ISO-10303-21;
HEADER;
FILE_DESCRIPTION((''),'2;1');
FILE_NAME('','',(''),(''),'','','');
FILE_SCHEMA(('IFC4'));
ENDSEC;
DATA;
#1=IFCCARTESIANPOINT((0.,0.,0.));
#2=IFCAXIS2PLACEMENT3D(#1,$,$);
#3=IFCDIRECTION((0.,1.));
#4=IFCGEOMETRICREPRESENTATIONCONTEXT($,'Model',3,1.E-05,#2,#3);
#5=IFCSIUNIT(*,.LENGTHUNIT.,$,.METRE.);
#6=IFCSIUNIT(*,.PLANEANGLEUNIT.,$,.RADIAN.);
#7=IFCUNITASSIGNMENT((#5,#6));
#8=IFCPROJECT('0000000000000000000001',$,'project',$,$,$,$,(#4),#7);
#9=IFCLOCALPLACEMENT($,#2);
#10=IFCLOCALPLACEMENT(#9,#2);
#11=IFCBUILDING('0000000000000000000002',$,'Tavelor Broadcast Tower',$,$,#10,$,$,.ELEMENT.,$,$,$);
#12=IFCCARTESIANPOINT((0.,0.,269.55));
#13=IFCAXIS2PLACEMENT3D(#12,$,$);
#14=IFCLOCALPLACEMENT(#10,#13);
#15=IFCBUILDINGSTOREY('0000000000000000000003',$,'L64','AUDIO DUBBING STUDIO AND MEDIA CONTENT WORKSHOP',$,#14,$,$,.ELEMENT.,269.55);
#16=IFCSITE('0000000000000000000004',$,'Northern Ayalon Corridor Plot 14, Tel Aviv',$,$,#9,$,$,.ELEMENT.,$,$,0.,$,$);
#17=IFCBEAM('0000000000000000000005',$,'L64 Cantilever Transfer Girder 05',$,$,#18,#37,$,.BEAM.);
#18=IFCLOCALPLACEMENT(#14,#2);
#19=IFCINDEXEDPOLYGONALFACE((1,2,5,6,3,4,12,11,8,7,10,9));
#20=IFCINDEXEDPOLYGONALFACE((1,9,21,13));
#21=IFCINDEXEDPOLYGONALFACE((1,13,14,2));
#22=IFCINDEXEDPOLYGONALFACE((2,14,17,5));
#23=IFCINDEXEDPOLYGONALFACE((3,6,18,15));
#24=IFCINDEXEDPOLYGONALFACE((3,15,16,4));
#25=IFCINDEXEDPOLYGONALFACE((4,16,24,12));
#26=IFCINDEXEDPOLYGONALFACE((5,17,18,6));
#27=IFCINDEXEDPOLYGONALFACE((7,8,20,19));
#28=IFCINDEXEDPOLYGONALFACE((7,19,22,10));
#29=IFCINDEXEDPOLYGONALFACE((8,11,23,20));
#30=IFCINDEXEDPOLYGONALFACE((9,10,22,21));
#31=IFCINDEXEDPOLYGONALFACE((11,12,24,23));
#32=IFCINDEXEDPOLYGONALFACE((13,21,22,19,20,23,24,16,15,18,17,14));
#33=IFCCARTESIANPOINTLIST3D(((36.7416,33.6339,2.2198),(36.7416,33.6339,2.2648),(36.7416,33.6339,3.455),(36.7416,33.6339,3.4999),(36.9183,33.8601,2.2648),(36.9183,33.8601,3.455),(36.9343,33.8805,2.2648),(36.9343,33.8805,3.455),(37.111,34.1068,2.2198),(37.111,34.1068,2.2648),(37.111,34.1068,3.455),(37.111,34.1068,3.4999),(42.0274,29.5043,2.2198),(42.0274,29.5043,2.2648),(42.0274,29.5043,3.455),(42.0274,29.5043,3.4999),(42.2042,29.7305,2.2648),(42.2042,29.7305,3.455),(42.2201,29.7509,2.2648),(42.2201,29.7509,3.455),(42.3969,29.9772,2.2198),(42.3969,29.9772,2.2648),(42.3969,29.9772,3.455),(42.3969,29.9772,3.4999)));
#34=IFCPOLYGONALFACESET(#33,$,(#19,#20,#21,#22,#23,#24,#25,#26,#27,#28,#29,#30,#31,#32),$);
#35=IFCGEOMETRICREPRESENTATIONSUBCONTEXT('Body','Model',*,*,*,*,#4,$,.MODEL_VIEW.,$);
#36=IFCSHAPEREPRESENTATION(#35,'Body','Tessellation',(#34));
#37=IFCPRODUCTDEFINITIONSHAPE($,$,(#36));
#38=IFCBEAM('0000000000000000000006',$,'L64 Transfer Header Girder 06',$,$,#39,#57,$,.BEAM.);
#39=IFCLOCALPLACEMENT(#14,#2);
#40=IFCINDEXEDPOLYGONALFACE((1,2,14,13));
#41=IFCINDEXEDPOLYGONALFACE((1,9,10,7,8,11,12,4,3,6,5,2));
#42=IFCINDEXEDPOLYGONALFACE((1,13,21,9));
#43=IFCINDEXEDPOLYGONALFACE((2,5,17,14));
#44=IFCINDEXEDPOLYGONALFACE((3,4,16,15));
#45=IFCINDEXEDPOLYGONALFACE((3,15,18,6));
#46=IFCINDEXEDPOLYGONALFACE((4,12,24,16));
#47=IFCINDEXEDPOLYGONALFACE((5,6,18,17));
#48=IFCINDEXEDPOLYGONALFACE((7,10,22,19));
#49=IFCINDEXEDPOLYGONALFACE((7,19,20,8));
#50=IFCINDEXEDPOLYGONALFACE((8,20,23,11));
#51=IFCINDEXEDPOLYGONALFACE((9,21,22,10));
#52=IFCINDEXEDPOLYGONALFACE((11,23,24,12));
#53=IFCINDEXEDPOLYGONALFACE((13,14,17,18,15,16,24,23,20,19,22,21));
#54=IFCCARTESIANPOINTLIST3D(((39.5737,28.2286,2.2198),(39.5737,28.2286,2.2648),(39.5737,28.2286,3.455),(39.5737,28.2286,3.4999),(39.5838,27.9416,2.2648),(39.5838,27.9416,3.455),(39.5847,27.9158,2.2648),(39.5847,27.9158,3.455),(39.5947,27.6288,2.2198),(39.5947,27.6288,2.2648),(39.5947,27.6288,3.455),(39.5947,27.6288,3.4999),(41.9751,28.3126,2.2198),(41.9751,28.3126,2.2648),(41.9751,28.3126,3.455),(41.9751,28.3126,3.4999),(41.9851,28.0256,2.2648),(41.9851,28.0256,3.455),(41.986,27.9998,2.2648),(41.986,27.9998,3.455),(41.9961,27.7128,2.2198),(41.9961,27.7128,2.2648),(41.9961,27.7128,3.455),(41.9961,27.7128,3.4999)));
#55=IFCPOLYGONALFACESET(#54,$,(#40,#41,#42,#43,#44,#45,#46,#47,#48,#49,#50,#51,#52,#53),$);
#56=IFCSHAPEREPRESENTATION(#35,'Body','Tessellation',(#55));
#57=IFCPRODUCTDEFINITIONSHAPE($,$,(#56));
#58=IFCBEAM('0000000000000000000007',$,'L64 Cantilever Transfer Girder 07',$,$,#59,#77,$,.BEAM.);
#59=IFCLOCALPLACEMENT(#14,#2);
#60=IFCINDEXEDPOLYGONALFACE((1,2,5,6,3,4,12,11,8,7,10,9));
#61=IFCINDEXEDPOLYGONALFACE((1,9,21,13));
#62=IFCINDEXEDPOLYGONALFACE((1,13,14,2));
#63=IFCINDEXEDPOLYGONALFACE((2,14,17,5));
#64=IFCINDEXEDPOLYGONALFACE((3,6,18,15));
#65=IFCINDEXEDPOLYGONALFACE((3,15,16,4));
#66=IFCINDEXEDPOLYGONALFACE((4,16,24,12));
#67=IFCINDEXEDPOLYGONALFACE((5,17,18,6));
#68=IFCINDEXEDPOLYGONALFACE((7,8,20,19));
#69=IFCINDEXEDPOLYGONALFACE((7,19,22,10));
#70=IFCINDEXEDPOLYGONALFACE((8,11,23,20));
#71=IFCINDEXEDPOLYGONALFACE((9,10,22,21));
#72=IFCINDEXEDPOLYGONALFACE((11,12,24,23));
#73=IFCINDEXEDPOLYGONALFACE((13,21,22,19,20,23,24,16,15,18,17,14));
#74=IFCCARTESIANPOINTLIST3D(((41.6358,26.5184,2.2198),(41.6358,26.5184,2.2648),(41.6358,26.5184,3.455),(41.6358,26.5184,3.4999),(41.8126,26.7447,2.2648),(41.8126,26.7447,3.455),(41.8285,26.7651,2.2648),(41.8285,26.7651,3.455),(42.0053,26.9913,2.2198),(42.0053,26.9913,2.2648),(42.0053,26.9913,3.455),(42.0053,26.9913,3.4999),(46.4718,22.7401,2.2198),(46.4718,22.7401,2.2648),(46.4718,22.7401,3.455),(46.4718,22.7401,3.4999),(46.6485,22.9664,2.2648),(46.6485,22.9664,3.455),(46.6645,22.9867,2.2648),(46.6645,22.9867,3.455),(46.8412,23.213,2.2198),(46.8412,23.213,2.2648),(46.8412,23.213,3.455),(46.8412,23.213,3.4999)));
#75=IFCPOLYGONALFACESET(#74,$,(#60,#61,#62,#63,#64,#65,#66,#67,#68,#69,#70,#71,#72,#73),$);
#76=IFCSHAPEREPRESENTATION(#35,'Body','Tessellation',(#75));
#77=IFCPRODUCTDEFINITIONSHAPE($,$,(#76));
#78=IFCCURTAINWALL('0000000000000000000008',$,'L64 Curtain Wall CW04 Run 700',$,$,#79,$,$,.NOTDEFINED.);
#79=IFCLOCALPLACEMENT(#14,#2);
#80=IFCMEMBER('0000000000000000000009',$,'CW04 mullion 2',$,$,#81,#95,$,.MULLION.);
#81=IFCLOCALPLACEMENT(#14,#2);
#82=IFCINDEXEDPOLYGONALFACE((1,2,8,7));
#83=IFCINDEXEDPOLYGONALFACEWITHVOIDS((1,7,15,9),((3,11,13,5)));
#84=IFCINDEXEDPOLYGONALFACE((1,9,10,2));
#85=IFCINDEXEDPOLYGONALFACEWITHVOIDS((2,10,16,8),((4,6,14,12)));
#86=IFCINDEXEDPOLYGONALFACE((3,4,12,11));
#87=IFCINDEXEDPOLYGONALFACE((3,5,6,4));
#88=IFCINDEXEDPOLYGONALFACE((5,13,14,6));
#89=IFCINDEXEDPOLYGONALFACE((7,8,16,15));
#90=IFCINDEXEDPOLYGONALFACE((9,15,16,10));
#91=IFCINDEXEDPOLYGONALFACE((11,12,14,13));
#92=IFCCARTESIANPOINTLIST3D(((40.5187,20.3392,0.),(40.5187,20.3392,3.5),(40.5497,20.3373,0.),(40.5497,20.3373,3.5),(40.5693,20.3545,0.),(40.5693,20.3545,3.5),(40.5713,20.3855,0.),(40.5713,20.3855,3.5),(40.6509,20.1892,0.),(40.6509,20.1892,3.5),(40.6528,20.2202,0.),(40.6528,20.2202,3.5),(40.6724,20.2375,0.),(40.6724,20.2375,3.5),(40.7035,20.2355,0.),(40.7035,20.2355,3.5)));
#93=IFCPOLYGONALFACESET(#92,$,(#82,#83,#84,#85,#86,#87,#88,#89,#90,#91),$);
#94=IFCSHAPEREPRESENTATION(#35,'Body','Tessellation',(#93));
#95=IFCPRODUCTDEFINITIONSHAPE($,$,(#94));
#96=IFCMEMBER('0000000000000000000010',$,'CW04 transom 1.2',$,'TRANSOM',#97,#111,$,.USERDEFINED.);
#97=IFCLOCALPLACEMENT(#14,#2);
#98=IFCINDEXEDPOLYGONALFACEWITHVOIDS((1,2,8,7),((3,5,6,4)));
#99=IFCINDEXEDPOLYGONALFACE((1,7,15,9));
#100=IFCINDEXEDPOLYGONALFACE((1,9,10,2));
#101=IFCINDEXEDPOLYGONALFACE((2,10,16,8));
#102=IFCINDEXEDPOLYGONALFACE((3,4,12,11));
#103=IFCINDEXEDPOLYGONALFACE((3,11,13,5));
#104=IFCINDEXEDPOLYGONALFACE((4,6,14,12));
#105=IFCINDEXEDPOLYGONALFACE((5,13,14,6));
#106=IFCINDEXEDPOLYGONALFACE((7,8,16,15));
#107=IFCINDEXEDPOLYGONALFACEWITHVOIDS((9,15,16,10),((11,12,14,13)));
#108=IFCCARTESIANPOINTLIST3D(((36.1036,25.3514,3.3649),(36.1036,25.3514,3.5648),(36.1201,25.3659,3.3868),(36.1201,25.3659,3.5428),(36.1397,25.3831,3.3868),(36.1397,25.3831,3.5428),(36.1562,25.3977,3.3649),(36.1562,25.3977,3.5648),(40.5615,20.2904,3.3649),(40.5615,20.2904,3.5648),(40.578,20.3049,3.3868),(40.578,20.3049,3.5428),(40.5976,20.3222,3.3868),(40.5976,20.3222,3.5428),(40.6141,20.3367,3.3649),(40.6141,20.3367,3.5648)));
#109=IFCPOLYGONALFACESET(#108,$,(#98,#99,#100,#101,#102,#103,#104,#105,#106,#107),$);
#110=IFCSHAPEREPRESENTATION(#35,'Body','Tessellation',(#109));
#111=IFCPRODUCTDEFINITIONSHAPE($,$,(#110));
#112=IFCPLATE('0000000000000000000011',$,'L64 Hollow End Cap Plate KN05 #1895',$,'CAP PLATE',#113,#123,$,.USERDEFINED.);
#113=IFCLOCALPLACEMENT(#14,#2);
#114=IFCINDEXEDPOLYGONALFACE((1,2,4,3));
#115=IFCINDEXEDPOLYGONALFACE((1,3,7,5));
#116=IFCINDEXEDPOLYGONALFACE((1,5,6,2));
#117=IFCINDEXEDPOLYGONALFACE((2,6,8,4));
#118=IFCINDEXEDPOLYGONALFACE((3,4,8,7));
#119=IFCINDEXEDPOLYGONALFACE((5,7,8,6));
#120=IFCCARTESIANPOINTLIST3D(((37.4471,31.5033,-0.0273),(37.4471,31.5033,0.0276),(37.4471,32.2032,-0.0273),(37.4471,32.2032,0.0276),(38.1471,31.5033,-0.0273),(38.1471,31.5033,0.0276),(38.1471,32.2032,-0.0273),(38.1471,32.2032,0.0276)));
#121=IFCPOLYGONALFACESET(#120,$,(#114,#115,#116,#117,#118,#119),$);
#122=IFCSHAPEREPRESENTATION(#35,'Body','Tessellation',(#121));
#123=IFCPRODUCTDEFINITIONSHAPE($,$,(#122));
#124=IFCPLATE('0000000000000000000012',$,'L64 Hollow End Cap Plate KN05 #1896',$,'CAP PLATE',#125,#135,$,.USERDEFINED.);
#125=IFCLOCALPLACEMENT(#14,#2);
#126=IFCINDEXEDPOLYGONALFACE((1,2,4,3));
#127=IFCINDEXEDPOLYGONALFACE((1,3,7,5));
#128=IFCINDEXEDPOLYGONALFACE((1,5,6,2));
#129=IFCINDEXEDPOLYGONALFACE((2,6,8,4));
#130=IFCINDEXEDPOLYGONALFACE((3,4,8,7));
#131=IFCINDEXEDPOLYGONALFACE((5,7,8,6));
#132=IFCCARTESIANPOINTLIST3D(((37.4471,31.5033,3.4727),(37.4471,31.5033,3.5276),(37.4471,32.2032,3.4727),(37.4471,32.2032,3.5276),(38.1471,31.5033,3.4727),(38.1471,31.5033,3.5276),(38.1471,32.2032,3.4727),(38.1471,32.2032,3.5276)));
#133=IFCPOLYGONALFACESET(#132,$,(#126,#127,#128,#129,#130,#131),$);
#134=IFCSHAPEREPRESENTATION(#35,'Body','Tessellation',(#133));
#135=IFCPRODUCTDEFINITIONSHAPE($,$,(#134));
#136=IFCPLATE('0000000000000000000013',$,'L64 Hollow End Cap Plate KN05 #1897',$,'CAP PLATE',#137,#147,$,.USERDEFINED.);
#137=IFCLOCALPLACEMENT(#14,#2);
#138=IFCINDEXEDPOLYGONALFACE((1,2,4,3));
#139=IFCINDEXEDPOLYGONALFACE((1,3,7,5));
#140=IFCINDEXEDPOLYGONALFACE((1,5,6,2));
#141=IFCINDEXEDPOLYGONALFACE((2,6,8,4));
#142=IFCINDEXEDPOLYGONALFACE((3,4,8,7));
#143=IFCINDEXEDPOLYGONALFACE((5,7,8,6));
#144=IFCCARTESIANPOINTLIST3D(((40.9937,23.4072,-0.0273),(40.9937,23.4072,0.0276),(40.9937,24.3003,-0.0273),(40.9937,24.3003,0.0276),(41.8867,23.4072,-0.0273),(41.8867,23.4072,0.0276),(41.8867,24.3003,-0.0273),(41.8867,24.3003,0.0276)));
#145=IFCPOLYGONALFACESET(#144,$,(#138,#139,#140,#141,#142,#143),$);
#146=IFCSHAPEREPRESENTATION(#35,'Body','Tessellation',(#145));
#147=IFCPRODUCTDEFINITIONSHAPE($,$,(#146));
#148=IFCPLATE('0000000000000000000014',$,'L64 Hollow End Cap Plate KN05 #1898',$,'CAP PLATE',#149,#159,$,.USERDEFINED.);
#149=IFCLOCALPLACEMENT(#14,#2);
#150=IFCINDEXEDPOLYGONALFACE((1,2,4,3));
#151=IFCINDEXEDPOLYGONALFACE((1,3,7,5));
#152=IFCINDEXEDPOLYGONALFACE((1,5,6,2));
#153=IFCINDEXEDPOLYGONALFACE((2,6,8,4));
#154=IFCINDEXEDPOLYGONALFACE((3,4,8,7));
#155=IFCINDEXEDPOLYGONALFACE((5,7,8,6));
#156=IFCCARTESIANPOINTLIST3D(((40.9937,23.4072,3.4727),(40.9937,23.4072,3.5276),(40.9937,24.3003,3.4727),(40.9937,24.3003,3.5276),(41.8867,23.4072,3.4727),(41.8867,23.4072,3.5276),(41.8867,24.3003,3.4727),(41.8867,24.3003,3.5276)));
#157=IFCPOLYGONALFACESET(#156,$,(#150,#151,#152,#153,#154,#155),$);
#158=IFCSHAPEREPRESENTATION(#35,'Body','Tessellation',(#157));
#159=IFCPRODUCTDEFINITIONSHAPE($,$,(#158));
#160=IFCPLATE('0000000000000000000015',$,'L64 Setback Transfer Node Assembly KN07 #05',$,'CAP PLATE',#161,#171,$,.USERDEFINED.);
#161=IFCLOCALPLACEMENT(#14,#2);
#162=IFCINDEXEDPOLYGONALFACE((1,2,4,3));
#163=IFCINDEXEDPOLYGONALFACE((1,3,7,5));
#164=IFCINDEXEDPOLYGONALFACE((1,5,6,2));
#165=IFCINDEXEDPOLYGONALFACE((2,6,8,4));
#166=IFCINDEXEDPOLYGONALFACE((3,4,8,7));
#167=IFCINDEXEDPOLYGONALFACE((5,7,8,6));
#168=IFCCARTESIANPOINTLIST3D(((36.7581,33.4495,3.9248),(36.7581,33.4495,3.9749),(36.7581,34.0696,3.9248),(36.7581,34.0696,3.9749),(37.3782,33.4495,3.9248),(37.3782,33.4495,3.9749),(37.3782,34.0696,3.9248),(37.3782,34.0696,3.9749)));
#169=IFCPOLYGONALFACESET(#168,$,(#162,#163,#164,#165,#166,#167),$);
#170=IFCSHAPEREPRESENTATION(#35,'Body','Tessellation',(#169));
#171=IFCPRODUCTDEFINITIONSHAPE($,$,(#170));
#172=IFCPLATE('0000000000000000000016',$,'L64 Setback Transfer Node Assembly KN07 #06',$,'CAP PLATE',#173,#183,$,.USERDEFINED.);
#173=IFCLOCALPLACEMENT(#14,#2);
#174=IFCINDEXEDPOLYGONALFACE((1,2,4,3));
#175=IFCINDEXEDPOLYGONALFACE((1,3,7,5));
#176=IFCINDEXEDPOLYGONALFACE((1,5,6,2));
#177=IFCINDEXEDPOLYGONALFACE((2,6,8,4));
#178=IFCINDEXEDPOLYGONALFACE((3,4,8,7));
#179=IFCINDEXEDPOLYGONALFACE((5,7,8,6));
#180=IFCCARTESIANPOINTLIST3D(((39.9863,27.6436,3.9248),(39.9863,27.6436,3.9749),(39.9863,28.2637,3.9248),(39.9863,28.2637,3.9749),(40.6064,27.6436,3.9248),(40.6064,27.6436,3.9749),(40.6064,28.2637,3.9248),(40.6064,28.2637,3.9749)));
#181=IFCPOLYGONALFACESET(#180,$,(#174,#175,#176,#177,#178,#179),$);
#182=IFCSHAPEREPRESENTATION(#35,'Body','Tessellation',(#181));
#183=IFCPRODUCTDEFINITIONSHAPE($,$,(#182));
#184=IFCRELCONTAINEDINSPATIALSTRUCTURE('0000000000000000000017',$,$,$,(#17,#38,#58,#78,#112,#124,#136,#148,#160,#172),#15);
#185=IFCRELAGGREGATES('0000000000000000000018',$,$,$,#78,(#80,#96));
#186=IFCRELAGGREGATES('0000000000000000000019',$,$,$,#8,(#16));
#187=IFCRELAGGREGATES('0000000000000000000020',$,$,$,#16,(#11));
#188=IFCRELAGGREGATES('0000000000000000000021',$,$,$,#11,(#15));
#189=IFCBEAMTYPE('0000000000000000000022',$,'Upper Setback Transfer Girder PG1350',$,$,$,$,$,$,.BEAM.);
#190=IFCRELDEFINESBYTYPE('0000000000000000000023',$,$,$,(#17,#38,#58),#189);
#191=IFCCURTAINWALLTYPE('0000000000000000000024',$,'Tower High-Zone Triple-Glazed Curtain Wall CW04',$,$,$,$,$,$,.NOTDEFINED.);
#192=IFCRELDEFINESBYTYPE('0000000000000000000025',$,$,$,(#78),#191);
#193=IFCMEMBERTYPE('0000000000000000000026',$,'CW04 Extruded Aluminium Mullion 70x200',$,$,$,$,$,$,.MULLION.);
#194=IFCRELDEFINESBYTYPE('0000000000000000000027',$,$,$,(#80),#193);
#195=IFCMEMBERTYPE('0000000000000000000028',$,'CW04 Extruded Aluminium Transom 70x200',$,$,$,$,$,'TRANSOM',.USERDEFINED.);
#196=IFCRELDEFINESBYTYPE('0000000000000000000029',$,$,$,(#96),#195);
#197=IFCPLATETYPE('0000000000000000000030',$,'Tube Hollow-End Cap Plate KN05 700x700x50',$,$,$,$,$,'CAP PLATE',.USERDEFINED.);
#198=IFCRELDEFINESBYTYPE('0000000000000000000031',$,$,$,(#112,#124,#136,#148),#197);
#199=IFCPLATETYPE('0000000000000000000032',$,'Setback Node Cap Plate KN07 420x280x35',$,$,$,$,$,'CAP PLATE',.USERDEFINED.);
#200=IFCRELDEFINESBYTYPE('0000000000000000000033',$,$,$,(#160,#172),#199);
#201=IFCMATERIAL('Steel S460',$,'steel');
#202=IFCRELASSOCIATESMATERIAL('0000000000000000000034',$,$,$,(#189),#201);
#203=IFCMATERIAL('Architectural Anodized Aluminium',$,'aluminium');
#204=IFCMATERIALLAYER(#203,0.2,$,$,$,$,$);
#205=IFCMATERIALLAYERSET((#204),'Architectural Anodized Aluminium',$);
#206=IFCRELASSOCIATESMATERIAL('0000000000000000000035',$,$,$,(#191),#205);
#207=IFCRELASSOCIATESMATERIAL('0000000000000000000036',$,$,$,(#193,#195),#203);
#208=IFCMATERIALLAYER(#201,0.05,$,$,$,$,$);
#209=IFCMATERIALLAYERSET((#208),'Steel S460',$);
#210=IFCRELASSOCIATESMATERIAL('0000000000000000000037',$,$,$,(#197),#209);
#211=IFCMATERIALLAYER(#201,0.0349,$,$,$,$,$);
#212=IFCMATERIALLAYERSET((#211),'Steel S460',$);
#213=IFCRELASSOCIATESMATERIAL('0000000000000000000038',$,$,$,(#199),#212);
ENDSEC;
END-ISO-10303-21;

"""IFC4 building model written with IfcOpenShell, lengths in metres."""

from ifc_helpers import new_model, si_unit, direction, frame, origin, origin_2d, place, context, subcontext, project, spatial, rectangle, hollow_rectangle, i_section, extrude, source, transform, mapped, material, layer, layer_set, material_profile, profile_set, type_object, type_shapes, element, aggregate, save


model = new_model("IFC4")

# Units and contexts
model_context = context("Model", 3, precision=1e-05, world=origin(), true_north=direction((0.0, 1.0)))
body_context = subcontext(model_context, "Body", "Model", "MODEL_VIEW")
ifc_project = project(units=[si_unit("LENGTHUNIT", "METRE"), si_unit("PLANEANGLEUNIT", "RADIAN")], contexts=[model_context])

# Site, building, storey
site_placement = place(None, origin())
site = spatial("IfcSite", under=ifc_project, at=site_placement, Name="Northern Ayalon Corridor Plot 14, Tel Aviv", CompositionType="ELEMENT", RefElevation=0.0)
building_placement = place(site_placement, origin())
building = spatial("IfcBuilding", under=site, at=building_placement, Name="Tavelor Broadcast Tower", CompositionType="ELEMENT")
storey_placement = place(building_placement, frame((0.0, 0.0, 269.55)))
storey = spatial("IfcBuildingStorey", under=building, at=storey_placement, Name="L64", Description="AUDIO DUBBING STUDIO AND MEDIA CONTENT WORKSHOP", CompositionType="ELEMENT", Elevation=269.55)

# Shared definitions
ifc_material_1 = material(Name="Steel S460", Category="steel")

# Beams
ifc_material_profile_1 = material_profile(ifc_material_1, i_section(OverallWidth=0.6001, OverallDepth=1.28, WebThickness=0.0259, FlangeThickness=0.0449, at=origin_2d()), Name="PG 1280x600")
ifc_profile_set_1 = profile_set([ifc_material_profile_1], Name="Steel S460")
beam_type = type_object("IfcBeamType", Name="Upper Setback Transfer Girder PG1350", PredefinedType="BEAM", material=ifc_profile_set_1)
beam_1_placement = place(storey_placement, frame((42.2122, 29.7407, 2.8599), z_axis=(-0.788022, 0.615648, 0.0), x_axis=(-0.615648, -0.788022, 0.0)))
element("IfcBeam", 1, at=beam_1_placement, inside=storey, type_object=beam_type, Name="L64 Cantilever Transfer Girder 05", PredefinedType="BEAM", context=body_context, shape_type="SweptSolid", body=[
    extrude(i_section(OverallWidth=0.6001, OverallDepth=1.28, WebThickness=0.0259, FlangeThickness=0.0449, at=origin_2d()), origin(), (0.0, 0.0, 1.0), 6.7078),
])
beam_2_placement = place(storey_placement, frame((39.5842, 27.9287, 2.8599), z_axis=(0.999389, 0.034952, 0.0), x_axis=(-0.034952, 0.999389, 0.0)))
element("IfcBeam", 2, at=beam_2_placement, inside=storey, type_object=beam_type, Name="L64 Transfer Header Girder 06", PredefinedType="BEAM", context=body_context, shape_type="SweptSolid", body=[
    extrude(i_section(OverallWidth=0.6001, OverallDepth=1.28, WebThickness=0.0259, FlangeThickness=0.0449, at=origin_2d()), origin(), (0.0, 0.0, 1.0), 2.4028),
])
beam_3_placement = place(storey_placement, frame((41.8206, 26.7549, 2.8599), z_axis=(0.788005, -0.615669, 0.0), x_axis=(0.615669, 0.788005, 0.0)))
element("IfcBeam", 3, at=beam_3_placement, inside=storey, type_object=beam_type, Name="L64 Cantilever Transfer Girder 07", PredefinedType="BEAM", context=body_context, shape_type="SweptSolid", body=[
    extrude(i_section(OverallWidth=0.6001, OverallDepth=1.28, WebThickness=0.0259, FlangeThickness=0.0449, at=origin_2d()), origin(), (0.0, 0.0, 1.0), 6.137),
])

# Curtain wall, members
ifc_material_2 = material(Name="Architectural Anodized Aluminium", Category="aluminium")
ifc_layer_1 = layer(ifc_material_2, 0.2)
ifc_layer_set_1 = layer_set([ifc_layer_1], Name="Architectural Anodized Aluminium")
curtain_wall_type = type_object("IfcCurtainWallType", Name="Tower High-Zone Triple-Glazed Curtain Wall CW04", PredefinedType="NOTDEFINED", material=ifc_layer_set_1)
curtain_wall_placement = place(storey_placement, origin())
curtain_wall = element("IfcCurtainWall", 4, at=curtain_wall_placement, inside=storey, type_object=curtain_wall_type, Name="L64 Curtain Wall CW04 Run 700", PredefinedType="NOTDEFINED")
ifc_material_profile_2 = material_profile(ifc_material_2, hollow_rectangle(XDim=0.0701, YDim=0.2, WallThickness=0.022, at=origin_2d()), Name="RHS 70x200x22")
ifc_profile_set_2 = profile_set([ifc_material_profile_2], Name="Architectural Anodized Aluminium")
member_type_1 = type_object("IfcMemberType", Name="CW04 Extruded Aluminium Mullion 70x200", PredefinedType="MULLION", material=ifc_profile_set_2)
shared_shape_1 = source(origin(), body_context, "Body", "SweptSolid", [
    extrude(hollow_rectangle(XDim=0.0701, YDim=0.2, WallThickness=0.022, at=origin_2d()), origin(), (0.0, 0.0, 1.0), 3.5),
])
type_shapes(member_type_1, [shared_shape_1])
member_1_placement = place(storey_placement, frame((40.6111, 20.2874, 0.0), z_axis=(0.0, 0.0, 1.0), x_axis=(0.750388, 0.660998, 0.0)))
member_1 = element("IfcMember", 5, at=member_1_placement, type_object=member_type_1, Name="CW04 mullion 2", PredefinedType="MULLION", context=body_context, shape_type="MappedRepresentation", body=[
    mapped(shared_shape_1, transform((0.0, 0.0, 0.0), scale=1.0)),
])
ifc_material_profile_3 = material_profile(ifc_material_2, hollow_rectangle(XDim=0.0701, YDim=0.2, WallThickness=0.022, at=origin_2d()), Name="RHS 70x200x22")
ifc_profile_set_3 = profile_set([ifc_material_profile_3], Name="Architectural Anodized Aluminium")
member_type_2 = type_object("IfcMemberType", Name="CW04 Extruded Aluminium Transom 70x200", ElementType="TRANSOM", PredefinedType="USERDEFINED", material=ifc_profile_set_3)
shared_shape_2 = source(origin(), body_context, "Body", "SweptSolid", [
    extrude(hollow_rectangle(XDim=0.0701, YDim=0.2, WallThickness=0.022, at=origin_2d()), origin(), (0.0, 0.0, 1.0), 6.7444),
])
type_shapes(member_type_2, [shared_shape_2])
member_2_placement = place(storey_placement, frame((36.1299, 25.3745, 3.4648), z_axis=(0.660987, -0.750397, 0.0), x_axis=(0.750397, 0.660987, 0.0)))
member_2 = element("IfcMember", 6, at=member_2_placement, type_object=member_type_2, Name="CW04 transom 1.2", ObjectType="TRANSOM", PredefinedType="USERDEFINED", context=body_context, shape_type="MappedRepresentation", body=[
    mapped(shared_shape_2, transform((0.0, 0.0, 0.0), scale=1.0)),
])

# Plates
ifc_layer_2 = layer(ifc_material_1, 0.05)
ifc_layer_set_2 = layer_set([ifc_layer_2], Name="Steel S460")
plate_type_1 = type_object("IfcPlateType", Name="Tube Hollow-End Cap Plate KN05 700x700x50", ElementType="CAP PLATE", PredefinedType="USERDEFINED", material=ifc_layer_set_2)
shared_shape_3 = source(origin(), body_context, "Body", "SweptSolid", [
    extrude(rectangle(XDim=0.7, YDim=0.7, at=origin_2d()), origin(), (0.0, 0.0, 1.0), 0.0549),
])
for number, where, z_axis, x_axis, name in (
    (7, (37.7971, 31.8533, -0.0273), (0.0, 0.0, 1.0), (1.0, 0.0, 0.0), "L64 Hollow End Cap Plate KN05 #1895"),
    (8, (37.7971, 31.8533, 3.4727), (0.0, 0.0, 1.0), (1.0, 0.0, 0.0), "L64 Hollow End Cap Plate KN05 #1896"),
):
    element("IfcPlate", number, at=place(storey_placement, frame(where, z_axis=z_axis, x_axis=x_axis)), inside=storey, type_object=plate_type_1, Name=name, ObjectType="CAP PLATE", PredefinedType="USERDEFINED", context=body_context, shape_type="MappedRepresentation", body=[
        mapped(shared_shape_3, transform((0.0, 0.0, 0.0), scale=1.0)),
    ])
shared_shape_4 = source(origin(), body_context, "Body", "SweptSolid", [
    extrude(rectangle(XDim=0.8931, YDim=0.8931, at=origin_2d()), origin(), (0.0, 0.0, 1.0), 0.0549),
])
type_shapes(plate_type_1, [shared_shape_3, shared_shape_4])
for number, where, z_axis, x_axis, name in (
    (9, (41.4402, 23.8538, -0.0273), (0.0, 0.0, 1.0), (1.0, 0.0, 0.0), "L64 Hollow End Cap Plate KN05 #1897"),
    (10, (41.4402, 23.8538, 3.4727), (0.0, 0.0, 1.0), (1.0, 0.0, 0.0), "L64 Hollow End Cap Plate KN05 #1898"),
):
    element("IfcPlate", number, at=place(storey_placement, frame(where, z_axis=z_axis, x_axis=x_axis)), inside=storey, type_object=plate_type_1, Name=name, ObjectType="CAP PLATE", PredefinedType="USERDEFINED", context=body_context, shape_type="MappedRepresentation", body=[
        mapped(shared_shape_4, transform((0.0, 0.0, 0.0), scale=1.0)),
    ])
ifc_layer_3 = layer(ifc_material_1, 0.0349)
ifc_layer_set_3 = layer_set([ifc_layer_3], Name="Steel S460")
plate_type_2 = type_object("IfcPlateType", Name="Setback Node Cap Plate KN07 420x280x35", ElementType="CAP PLATE", PredefinedType="USERDEFINED", material=ifc_layer_set_3)
shared_shape_5 = source(origin(), body_context, "Body", "SweptSolid", [
    extrude(rectangle(XDim=0.6201, YDim=0.6201, at=origin_2d()), origin(), (0.0, 0.0, 1.0), 0.05),
])
type_shapes(plate_type_2, [shared_shape_5])
for number, where, z_axis, x_axis, name in (
    (11, (37.0681, 33.7595, 3.9248), (0.0, 0.0, 1.0), (1.0, 0.0, 0.0), "L64 Setback Transfer Node Assembly KN07 #05"),
    (12, (40.2964, 27.9536, 3.9248), (0.0, 0.0, 1.0), (1.0, 0.0, 0.0), "L64 Setback Transfer Node Assembly KN07 #06"),
):
    element("IfcPlate", number, at=place(storey_placement, frame(where, z_axis=z_axis, x_axis=x_axis)), inside=storey, type_object=plate_type_2, Name=name, ObjectType="CAP PLATE", PredefinedType="USERDEFINED", context=body_context, shape_type="MappedRepresentation", body=[
        mapped(shared_shape_5, transform((0.0, 0.0, 0.0), scale=1.0)),
    ])

aggregate(curtain_wall, [member_1, member_2])

save(model, "model.ifc")
